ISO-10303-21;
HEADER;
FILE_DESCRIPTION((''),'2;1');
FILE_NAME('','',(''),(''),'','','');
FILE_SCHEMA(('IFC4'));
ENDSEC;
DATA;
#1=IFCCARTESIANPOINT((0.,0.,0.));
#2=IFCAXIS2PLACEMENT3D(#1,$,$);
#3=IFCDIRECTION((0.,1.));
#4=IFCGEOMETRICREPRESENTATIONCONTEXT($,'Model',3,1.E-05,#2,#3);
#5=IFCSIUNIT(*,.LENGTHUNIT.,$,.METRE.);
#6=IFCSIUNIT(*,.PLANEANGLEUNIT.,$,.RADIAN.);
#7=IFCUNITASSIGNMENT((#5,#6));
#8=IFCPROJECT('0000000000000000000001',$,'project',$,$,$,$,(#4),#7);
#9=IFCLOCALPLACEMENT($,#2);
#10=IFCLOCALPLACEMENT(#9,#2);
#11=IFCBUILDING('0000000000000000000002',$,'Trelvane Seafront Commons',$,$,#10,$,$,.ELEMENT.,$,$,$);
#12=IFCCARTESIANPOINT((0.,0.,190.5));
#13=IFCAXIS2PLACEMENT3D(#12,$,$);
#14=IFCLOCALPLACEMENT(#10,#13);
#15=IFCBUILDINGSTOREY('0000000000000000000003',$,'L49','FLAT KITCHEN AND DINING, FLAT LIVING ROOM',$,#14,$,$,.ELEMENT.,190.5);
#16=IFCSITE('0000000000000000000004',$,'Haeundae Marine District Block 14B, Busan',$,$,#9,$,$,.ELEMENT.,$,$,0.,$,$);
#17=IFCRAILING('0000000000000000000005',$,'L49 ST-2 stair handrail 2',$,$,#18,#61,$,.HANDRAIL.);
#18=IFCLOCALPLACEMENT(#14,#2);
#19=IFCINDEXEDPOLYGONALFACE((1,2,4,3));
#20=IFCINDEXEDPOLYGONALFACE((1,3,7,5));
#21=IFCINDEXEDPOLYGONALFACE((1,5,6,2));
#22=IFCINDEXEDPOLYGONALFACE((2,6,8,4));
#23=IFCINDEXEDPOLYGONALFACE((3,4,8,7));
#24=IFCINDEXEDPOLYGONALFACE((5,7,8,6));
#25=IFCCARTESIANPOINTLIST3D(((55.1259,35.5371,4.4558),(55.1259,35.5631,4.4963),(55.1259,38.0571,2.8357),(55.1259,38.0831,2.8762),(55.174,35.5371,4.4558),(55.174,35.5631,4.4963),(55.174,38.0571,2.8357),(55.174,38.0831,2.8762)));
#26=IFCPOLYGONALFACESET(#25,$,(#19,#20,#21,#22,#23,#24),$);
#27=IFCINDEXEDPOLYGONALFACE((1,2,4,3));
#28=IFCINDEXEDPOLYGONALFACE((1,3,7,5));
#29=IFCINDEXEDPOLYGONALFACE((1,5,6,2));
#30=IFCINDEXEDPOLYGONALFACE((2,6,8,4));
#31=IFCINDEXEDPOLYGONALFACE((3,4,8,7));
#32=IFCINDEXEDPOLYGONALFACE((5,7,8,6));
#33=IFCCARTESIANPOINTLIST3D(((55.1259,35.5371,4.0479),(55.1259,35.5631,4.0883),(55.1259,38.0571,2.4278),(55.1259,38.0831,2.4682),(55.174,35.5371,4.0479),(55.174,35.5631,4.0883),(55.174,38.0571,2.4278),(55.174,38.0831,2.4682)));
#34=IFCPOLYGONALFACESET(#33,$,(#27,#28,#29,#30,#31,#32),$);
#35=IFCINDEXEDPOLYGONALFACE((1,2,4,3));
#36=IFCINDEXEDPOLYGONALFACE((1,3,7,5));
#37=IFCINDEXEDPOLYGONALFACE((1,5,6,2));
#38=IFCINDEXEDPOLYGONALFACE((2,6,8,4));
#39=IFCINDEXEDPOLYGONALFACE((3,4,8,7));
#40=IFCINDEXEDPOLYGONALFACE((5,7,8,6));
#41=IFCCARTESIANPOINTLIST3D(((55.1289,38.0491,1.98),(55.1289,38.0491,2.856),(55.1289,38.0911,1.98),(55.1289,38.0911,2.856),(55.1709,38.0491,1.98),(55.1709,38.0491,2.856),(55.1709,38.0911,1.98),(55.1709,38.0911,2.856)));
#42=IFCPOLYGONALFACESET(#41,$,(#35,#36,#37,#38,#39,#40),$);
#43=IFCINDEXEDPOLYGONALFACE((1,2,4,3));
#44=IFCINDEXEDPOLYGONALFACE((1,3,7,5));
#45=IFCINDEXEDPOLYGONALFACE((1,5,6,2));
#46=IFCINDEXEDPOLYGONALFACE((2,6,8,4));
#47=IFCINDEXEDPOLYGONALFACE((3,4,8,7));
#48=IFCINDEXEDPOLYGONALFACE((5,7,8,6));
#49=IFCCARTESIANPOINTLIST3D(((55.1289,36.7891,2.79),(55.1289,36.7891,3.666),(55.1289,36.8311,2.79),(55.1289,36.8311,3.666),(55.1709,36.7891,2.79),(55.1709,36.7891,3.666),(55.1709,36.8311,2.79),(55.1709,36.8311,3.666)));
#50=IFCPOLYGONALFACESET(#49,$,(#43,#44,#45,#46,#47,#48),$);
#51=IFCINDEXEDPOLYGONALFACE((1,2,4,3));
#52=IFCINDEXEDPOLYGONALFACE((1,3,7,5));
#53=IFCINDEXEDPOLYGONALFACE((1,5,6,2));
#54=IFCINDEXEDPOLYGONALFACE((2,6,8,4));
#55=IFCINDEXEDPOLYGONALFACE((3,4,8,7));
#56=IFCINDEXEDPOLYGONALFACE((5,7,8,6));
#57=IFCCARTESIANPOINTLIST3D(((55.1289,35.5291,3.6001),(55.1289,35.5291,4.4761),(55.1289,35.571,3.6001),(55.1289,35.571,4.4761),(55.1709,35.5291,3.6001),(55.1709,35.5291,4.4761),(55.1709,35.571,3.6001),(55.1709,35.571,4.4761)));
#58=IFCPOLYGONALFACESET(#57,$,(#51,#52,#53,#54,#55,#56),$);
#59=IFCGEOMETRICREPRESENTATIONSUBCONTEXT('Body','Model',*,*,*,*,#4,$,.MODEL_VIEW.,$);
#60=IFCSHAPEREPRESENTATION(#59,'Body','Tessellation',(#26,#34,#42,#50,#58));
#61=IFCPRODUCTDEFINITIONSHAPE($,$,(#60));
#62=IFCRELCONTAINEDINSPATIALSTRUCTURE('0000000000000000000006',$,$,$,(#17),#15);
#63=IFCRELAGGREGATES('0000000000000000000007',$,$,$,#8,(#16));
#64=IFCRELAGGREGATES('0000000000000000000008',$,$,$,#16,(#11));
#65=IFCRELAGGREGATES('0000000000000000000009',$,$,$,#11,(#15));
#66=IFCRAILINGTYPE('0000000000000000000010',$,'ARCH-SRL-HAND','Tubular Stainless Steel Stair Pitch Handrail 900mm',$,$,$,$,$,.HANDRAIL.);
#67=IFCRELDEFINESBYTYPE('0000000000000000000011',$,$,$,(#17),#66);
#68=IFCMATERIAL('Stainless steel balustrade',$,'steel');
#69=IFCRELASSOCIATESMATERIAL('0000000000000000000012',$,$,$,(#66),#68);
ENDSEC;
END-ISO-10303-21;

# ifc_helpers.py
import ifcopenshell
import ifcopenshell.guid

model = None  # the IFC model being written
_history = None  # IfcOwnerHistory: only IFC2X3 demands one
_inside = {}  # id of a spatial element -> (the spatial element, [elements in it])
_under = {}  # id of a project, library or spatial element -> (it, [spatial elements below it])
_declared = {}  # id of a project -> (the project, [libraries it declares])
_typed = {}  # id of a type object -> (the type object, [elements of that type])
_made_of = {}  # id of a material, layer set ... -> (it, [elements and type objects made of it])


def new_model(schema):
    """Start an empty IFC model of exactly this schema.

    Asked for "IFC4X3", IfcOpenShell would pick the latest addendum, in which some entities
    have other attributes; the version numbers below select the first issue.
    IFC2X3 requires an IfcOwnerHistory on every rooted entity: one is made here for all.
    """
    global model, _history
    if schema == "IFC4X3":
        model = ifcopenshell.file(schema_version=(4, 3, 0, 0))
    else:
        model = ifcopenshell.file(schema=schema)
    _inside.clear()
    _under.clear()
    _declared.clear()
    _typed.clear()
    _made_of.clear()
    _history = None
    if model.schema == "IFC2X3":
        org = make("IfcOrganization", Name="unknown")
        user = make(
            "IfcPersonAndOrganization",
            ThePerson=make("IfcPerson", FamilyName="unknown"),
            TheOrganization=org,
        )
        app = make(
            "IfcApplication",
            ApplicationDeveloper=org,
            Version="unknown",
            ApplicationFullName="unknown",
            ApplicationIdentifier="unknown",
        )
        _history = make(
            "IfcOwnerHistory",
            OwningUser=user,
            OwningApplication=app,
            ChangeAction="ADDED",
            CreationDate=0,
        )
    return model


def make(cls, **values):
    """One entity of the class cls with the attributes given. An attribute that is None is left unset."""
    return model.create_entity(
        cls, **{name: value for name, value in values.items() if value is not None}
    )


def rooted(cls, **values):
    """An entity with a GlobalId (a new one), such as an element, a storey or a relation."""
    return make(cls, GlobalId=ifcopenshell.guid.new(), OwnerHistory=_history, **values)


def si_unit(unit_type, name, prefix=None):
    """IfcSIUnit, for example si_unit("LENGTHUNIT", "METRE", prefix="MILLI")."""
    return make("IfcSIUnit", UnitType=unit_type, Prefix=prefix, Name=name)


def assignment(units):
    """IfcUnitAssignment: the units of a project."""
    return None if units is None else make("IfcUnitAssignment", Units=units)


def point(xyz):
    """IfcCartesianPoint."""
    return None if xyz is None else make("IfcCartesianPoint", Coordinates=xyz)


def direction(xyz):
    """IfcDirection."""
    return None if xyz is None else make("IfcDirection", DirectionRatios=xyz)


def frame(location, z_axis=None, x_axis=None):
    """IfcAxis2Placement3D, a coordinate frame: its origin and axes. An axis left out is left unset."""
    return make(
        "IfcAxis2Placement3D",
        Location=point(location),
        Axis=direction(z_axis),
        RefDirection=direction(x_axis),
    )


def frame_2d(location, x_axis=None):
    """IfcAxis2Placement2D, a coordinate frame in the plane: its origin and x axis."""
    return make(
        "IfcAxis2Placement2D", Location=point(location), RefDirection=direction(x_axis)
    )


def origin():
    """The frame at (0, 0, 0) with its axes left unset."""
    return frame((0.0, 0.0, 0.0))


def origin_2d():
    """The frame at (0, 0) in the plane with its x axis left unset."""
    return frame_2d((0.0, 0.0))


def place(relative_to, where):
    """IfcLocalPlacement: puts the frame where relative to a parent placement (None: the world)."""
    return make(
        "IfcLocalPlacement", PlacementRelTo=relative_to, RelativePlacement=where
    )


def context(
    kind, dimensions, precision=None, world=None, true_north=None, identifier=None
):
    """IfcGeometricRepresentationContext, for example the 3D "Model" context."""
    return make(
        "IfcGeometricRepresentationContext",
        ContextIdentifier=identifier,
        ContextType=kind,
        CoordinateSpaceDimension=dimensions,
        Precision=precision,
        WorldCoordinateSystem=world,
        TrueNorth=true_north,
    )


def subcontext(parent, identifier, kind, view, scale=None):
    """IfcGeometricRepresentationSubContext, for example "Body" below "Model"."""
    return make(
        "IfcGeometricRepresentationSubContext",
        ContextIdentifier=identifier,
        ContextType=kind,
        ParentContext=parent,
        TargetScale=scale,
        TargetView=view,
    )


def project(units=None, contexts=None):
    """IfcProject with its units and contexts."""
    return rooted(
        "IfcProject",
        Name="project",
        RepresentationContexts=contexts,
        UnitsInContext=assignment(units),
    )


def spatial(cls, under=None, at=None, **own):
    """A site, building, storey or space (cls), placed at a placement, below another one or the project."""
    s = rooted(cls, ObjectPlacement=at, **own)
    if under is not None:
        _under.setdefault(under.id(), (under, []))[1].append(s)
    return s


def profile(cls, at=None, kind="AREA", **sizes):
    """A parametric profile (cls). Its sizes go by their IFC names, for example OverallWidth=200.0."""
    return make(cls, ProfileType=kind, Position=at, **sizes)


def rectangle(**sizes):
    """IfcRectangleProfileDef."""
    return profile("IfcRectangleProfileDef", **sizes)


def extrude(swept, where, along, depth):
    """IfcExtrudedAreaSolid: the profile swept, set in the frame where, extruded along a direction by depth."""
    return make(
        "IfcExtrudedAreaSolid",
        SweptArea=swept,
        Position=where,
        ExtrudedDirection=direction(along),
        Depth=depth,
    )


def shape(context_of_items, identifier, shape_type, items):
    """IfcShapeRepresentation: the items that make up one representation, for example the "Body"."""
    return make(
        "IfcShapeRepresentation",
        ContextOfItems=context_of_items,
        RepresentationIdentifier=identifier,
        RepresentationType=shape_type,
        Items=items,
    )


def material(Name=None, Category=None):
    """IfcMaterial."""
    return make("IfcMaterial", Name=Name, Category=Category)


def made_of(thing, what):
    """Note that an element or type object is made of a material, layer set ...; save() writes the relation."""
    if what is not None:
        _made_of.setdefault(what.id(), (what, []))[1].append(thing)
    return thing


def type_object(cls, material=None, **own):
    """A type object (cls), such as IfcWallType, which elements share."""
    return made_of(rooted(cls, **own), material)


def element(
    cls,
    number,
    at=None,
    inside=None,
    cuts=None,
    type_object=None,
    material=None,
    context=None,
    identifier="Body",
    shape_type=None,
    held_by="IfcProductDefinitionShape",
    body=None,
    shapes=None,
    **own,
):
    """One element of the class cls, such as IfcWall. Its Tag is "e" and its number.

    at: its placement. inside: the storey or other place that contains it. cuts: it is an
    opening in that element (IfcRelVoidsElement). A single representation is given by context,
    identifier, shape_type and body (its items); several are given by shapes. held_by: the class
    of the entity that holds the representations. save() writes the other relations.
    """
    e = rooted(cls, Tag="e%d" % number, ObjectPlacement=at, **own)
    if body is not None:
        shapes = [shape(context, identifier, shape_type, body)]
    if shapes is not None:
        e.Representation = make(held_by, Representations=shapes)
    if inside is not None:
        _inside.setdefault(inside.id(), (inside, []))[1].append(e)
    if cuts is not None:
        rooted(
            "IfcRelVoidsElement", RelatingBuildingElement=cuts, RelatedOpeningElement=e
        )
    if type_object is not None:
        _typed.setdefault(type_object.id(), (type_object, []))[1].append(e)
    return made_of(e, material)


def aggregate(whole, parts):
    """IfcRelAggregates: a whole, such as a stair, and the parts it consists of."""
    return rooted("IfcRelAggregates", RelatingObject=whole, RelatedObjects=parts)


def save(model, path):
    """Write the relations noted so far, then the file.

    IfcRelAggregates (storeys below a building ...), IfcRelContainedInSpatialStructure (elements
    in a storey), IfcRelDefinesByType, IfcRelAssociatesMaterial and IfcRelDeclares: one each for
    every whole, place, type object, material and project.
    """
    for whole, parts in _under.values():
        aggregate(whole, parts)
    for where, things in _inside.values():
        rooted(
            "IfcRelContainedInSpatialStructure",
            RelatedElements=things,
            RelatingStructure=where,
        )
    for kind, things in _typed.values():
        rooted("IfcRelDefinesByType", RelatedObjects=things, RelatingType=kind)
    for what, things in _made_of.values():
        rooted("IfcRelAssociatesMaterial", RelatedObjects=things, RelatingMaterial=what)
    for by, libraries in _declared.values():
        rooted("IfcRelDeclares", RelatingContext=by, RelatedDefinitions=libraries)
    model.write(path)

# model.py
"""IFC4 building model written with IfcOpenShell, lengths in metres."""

from ifc_helpers import new_model, si_unit, direction, frame, origin, origin_2d, place, context, subcontext, project, spatial, rectangle, extrude, material, type_object, element, save


model = new_model("IFC4")

# Units and contexts
model_context = context("Model", 3, precision=1e-05, world=origin(), true_north=direction((0.0, 1.0)))
body_context = subcontext(model_context, "Body", "Model", "MODEL_VIEW")
ifc_project = project(units=[si_unit("LENGTHUNIT", "METRE"), si_unit("PLANEANGLEUNIT", "RADIAN")], contexts=[model_context])

# Site, building, storey
site_placement = place(None, origin())
site = spatial("IfcSite", under=ifc_project, at=site_placement, Name="Haeundae Marine District Block 14B, Busan", CompositionType="ELEMENT", RefElevation=0.0)
building_placement = place(site_placement, origin())
building = spatial("IfcBuilding", under=site, at=building_placement, Name="Trelvane Seafront Commons", CompositionType="ELEMENT")
storey_placement = place(building_placement, frame((0.0, 0.0, 190.5)))
storey = spatial("IfcBuildingStorey", under=building, at=storey_placement, Name="L49", Description="FLAT KITCHEN AND DINING, FLAT LIVING ROOM", CompositionType="ELEMENT", Elevation=190.5)

# Railing
ifc_material_1 = material(Name="Stainless steel balustrade", Category="steel")
railing_type = type_object("IfcRailingType", Name="ARCH-SRL-HAND", Description="Tubular Stainless Steel Stair Pitch Handrail 900mm", PredefinedType="HANDRAIL", material=ifc_material_1)
railing_placement = place(storey_placement, frame((55.1499, 38.0701, 1.98)))
element("IfcRailing", 1, at=railing_placement, inside=storey, type_object=railing_type, Name="L49 ST-2 stair handrail 2", PredefinedType="HANDRAIL", context=body_context, shape_type="SweptSolid", body=[
    extrude(rectangle(XDim=0.0481, YDim=0.0481, at=origin_2d()), frame((0.0, 0.0, 0.876), z_axis=(0.0, -0.841163, 0.540782), x_axis=(1.0, 0.0, 0.0)), (0.0, 0.0, 1.0), 2.9958),
    extrude(rectangle(XDim=0.0481, YDim=0.0481, at=origin_2d()), frame((0.0, 0.0, 0.468), z_axis=(0.0, -0.841163, 0.540782), x_axis=(1.0, 0.0, 0.0)), (0.0, 0.0, 1.0), 2.9958),
    extrude(rectangle(XDim=0.042, YDim=0.042, at=origin_2d()), origin(), (0.0, 0.0, 1.0), 0.876),
    extrude(rectangle(XDim=0.042, YDim=0.042, at=origin_2d()), frame((0.0, -1.26, 0.8101)), (0.0, 0.0, 1.0), 0.876),
    extrude(rectangle(XDim=0.042, YDim=0.042, at=origin_2d()), frame((0.0, -2.52, 1.6201)), (0.0, 0.0, 1.0), 0.876),
])

save(model, "model.ifc")
